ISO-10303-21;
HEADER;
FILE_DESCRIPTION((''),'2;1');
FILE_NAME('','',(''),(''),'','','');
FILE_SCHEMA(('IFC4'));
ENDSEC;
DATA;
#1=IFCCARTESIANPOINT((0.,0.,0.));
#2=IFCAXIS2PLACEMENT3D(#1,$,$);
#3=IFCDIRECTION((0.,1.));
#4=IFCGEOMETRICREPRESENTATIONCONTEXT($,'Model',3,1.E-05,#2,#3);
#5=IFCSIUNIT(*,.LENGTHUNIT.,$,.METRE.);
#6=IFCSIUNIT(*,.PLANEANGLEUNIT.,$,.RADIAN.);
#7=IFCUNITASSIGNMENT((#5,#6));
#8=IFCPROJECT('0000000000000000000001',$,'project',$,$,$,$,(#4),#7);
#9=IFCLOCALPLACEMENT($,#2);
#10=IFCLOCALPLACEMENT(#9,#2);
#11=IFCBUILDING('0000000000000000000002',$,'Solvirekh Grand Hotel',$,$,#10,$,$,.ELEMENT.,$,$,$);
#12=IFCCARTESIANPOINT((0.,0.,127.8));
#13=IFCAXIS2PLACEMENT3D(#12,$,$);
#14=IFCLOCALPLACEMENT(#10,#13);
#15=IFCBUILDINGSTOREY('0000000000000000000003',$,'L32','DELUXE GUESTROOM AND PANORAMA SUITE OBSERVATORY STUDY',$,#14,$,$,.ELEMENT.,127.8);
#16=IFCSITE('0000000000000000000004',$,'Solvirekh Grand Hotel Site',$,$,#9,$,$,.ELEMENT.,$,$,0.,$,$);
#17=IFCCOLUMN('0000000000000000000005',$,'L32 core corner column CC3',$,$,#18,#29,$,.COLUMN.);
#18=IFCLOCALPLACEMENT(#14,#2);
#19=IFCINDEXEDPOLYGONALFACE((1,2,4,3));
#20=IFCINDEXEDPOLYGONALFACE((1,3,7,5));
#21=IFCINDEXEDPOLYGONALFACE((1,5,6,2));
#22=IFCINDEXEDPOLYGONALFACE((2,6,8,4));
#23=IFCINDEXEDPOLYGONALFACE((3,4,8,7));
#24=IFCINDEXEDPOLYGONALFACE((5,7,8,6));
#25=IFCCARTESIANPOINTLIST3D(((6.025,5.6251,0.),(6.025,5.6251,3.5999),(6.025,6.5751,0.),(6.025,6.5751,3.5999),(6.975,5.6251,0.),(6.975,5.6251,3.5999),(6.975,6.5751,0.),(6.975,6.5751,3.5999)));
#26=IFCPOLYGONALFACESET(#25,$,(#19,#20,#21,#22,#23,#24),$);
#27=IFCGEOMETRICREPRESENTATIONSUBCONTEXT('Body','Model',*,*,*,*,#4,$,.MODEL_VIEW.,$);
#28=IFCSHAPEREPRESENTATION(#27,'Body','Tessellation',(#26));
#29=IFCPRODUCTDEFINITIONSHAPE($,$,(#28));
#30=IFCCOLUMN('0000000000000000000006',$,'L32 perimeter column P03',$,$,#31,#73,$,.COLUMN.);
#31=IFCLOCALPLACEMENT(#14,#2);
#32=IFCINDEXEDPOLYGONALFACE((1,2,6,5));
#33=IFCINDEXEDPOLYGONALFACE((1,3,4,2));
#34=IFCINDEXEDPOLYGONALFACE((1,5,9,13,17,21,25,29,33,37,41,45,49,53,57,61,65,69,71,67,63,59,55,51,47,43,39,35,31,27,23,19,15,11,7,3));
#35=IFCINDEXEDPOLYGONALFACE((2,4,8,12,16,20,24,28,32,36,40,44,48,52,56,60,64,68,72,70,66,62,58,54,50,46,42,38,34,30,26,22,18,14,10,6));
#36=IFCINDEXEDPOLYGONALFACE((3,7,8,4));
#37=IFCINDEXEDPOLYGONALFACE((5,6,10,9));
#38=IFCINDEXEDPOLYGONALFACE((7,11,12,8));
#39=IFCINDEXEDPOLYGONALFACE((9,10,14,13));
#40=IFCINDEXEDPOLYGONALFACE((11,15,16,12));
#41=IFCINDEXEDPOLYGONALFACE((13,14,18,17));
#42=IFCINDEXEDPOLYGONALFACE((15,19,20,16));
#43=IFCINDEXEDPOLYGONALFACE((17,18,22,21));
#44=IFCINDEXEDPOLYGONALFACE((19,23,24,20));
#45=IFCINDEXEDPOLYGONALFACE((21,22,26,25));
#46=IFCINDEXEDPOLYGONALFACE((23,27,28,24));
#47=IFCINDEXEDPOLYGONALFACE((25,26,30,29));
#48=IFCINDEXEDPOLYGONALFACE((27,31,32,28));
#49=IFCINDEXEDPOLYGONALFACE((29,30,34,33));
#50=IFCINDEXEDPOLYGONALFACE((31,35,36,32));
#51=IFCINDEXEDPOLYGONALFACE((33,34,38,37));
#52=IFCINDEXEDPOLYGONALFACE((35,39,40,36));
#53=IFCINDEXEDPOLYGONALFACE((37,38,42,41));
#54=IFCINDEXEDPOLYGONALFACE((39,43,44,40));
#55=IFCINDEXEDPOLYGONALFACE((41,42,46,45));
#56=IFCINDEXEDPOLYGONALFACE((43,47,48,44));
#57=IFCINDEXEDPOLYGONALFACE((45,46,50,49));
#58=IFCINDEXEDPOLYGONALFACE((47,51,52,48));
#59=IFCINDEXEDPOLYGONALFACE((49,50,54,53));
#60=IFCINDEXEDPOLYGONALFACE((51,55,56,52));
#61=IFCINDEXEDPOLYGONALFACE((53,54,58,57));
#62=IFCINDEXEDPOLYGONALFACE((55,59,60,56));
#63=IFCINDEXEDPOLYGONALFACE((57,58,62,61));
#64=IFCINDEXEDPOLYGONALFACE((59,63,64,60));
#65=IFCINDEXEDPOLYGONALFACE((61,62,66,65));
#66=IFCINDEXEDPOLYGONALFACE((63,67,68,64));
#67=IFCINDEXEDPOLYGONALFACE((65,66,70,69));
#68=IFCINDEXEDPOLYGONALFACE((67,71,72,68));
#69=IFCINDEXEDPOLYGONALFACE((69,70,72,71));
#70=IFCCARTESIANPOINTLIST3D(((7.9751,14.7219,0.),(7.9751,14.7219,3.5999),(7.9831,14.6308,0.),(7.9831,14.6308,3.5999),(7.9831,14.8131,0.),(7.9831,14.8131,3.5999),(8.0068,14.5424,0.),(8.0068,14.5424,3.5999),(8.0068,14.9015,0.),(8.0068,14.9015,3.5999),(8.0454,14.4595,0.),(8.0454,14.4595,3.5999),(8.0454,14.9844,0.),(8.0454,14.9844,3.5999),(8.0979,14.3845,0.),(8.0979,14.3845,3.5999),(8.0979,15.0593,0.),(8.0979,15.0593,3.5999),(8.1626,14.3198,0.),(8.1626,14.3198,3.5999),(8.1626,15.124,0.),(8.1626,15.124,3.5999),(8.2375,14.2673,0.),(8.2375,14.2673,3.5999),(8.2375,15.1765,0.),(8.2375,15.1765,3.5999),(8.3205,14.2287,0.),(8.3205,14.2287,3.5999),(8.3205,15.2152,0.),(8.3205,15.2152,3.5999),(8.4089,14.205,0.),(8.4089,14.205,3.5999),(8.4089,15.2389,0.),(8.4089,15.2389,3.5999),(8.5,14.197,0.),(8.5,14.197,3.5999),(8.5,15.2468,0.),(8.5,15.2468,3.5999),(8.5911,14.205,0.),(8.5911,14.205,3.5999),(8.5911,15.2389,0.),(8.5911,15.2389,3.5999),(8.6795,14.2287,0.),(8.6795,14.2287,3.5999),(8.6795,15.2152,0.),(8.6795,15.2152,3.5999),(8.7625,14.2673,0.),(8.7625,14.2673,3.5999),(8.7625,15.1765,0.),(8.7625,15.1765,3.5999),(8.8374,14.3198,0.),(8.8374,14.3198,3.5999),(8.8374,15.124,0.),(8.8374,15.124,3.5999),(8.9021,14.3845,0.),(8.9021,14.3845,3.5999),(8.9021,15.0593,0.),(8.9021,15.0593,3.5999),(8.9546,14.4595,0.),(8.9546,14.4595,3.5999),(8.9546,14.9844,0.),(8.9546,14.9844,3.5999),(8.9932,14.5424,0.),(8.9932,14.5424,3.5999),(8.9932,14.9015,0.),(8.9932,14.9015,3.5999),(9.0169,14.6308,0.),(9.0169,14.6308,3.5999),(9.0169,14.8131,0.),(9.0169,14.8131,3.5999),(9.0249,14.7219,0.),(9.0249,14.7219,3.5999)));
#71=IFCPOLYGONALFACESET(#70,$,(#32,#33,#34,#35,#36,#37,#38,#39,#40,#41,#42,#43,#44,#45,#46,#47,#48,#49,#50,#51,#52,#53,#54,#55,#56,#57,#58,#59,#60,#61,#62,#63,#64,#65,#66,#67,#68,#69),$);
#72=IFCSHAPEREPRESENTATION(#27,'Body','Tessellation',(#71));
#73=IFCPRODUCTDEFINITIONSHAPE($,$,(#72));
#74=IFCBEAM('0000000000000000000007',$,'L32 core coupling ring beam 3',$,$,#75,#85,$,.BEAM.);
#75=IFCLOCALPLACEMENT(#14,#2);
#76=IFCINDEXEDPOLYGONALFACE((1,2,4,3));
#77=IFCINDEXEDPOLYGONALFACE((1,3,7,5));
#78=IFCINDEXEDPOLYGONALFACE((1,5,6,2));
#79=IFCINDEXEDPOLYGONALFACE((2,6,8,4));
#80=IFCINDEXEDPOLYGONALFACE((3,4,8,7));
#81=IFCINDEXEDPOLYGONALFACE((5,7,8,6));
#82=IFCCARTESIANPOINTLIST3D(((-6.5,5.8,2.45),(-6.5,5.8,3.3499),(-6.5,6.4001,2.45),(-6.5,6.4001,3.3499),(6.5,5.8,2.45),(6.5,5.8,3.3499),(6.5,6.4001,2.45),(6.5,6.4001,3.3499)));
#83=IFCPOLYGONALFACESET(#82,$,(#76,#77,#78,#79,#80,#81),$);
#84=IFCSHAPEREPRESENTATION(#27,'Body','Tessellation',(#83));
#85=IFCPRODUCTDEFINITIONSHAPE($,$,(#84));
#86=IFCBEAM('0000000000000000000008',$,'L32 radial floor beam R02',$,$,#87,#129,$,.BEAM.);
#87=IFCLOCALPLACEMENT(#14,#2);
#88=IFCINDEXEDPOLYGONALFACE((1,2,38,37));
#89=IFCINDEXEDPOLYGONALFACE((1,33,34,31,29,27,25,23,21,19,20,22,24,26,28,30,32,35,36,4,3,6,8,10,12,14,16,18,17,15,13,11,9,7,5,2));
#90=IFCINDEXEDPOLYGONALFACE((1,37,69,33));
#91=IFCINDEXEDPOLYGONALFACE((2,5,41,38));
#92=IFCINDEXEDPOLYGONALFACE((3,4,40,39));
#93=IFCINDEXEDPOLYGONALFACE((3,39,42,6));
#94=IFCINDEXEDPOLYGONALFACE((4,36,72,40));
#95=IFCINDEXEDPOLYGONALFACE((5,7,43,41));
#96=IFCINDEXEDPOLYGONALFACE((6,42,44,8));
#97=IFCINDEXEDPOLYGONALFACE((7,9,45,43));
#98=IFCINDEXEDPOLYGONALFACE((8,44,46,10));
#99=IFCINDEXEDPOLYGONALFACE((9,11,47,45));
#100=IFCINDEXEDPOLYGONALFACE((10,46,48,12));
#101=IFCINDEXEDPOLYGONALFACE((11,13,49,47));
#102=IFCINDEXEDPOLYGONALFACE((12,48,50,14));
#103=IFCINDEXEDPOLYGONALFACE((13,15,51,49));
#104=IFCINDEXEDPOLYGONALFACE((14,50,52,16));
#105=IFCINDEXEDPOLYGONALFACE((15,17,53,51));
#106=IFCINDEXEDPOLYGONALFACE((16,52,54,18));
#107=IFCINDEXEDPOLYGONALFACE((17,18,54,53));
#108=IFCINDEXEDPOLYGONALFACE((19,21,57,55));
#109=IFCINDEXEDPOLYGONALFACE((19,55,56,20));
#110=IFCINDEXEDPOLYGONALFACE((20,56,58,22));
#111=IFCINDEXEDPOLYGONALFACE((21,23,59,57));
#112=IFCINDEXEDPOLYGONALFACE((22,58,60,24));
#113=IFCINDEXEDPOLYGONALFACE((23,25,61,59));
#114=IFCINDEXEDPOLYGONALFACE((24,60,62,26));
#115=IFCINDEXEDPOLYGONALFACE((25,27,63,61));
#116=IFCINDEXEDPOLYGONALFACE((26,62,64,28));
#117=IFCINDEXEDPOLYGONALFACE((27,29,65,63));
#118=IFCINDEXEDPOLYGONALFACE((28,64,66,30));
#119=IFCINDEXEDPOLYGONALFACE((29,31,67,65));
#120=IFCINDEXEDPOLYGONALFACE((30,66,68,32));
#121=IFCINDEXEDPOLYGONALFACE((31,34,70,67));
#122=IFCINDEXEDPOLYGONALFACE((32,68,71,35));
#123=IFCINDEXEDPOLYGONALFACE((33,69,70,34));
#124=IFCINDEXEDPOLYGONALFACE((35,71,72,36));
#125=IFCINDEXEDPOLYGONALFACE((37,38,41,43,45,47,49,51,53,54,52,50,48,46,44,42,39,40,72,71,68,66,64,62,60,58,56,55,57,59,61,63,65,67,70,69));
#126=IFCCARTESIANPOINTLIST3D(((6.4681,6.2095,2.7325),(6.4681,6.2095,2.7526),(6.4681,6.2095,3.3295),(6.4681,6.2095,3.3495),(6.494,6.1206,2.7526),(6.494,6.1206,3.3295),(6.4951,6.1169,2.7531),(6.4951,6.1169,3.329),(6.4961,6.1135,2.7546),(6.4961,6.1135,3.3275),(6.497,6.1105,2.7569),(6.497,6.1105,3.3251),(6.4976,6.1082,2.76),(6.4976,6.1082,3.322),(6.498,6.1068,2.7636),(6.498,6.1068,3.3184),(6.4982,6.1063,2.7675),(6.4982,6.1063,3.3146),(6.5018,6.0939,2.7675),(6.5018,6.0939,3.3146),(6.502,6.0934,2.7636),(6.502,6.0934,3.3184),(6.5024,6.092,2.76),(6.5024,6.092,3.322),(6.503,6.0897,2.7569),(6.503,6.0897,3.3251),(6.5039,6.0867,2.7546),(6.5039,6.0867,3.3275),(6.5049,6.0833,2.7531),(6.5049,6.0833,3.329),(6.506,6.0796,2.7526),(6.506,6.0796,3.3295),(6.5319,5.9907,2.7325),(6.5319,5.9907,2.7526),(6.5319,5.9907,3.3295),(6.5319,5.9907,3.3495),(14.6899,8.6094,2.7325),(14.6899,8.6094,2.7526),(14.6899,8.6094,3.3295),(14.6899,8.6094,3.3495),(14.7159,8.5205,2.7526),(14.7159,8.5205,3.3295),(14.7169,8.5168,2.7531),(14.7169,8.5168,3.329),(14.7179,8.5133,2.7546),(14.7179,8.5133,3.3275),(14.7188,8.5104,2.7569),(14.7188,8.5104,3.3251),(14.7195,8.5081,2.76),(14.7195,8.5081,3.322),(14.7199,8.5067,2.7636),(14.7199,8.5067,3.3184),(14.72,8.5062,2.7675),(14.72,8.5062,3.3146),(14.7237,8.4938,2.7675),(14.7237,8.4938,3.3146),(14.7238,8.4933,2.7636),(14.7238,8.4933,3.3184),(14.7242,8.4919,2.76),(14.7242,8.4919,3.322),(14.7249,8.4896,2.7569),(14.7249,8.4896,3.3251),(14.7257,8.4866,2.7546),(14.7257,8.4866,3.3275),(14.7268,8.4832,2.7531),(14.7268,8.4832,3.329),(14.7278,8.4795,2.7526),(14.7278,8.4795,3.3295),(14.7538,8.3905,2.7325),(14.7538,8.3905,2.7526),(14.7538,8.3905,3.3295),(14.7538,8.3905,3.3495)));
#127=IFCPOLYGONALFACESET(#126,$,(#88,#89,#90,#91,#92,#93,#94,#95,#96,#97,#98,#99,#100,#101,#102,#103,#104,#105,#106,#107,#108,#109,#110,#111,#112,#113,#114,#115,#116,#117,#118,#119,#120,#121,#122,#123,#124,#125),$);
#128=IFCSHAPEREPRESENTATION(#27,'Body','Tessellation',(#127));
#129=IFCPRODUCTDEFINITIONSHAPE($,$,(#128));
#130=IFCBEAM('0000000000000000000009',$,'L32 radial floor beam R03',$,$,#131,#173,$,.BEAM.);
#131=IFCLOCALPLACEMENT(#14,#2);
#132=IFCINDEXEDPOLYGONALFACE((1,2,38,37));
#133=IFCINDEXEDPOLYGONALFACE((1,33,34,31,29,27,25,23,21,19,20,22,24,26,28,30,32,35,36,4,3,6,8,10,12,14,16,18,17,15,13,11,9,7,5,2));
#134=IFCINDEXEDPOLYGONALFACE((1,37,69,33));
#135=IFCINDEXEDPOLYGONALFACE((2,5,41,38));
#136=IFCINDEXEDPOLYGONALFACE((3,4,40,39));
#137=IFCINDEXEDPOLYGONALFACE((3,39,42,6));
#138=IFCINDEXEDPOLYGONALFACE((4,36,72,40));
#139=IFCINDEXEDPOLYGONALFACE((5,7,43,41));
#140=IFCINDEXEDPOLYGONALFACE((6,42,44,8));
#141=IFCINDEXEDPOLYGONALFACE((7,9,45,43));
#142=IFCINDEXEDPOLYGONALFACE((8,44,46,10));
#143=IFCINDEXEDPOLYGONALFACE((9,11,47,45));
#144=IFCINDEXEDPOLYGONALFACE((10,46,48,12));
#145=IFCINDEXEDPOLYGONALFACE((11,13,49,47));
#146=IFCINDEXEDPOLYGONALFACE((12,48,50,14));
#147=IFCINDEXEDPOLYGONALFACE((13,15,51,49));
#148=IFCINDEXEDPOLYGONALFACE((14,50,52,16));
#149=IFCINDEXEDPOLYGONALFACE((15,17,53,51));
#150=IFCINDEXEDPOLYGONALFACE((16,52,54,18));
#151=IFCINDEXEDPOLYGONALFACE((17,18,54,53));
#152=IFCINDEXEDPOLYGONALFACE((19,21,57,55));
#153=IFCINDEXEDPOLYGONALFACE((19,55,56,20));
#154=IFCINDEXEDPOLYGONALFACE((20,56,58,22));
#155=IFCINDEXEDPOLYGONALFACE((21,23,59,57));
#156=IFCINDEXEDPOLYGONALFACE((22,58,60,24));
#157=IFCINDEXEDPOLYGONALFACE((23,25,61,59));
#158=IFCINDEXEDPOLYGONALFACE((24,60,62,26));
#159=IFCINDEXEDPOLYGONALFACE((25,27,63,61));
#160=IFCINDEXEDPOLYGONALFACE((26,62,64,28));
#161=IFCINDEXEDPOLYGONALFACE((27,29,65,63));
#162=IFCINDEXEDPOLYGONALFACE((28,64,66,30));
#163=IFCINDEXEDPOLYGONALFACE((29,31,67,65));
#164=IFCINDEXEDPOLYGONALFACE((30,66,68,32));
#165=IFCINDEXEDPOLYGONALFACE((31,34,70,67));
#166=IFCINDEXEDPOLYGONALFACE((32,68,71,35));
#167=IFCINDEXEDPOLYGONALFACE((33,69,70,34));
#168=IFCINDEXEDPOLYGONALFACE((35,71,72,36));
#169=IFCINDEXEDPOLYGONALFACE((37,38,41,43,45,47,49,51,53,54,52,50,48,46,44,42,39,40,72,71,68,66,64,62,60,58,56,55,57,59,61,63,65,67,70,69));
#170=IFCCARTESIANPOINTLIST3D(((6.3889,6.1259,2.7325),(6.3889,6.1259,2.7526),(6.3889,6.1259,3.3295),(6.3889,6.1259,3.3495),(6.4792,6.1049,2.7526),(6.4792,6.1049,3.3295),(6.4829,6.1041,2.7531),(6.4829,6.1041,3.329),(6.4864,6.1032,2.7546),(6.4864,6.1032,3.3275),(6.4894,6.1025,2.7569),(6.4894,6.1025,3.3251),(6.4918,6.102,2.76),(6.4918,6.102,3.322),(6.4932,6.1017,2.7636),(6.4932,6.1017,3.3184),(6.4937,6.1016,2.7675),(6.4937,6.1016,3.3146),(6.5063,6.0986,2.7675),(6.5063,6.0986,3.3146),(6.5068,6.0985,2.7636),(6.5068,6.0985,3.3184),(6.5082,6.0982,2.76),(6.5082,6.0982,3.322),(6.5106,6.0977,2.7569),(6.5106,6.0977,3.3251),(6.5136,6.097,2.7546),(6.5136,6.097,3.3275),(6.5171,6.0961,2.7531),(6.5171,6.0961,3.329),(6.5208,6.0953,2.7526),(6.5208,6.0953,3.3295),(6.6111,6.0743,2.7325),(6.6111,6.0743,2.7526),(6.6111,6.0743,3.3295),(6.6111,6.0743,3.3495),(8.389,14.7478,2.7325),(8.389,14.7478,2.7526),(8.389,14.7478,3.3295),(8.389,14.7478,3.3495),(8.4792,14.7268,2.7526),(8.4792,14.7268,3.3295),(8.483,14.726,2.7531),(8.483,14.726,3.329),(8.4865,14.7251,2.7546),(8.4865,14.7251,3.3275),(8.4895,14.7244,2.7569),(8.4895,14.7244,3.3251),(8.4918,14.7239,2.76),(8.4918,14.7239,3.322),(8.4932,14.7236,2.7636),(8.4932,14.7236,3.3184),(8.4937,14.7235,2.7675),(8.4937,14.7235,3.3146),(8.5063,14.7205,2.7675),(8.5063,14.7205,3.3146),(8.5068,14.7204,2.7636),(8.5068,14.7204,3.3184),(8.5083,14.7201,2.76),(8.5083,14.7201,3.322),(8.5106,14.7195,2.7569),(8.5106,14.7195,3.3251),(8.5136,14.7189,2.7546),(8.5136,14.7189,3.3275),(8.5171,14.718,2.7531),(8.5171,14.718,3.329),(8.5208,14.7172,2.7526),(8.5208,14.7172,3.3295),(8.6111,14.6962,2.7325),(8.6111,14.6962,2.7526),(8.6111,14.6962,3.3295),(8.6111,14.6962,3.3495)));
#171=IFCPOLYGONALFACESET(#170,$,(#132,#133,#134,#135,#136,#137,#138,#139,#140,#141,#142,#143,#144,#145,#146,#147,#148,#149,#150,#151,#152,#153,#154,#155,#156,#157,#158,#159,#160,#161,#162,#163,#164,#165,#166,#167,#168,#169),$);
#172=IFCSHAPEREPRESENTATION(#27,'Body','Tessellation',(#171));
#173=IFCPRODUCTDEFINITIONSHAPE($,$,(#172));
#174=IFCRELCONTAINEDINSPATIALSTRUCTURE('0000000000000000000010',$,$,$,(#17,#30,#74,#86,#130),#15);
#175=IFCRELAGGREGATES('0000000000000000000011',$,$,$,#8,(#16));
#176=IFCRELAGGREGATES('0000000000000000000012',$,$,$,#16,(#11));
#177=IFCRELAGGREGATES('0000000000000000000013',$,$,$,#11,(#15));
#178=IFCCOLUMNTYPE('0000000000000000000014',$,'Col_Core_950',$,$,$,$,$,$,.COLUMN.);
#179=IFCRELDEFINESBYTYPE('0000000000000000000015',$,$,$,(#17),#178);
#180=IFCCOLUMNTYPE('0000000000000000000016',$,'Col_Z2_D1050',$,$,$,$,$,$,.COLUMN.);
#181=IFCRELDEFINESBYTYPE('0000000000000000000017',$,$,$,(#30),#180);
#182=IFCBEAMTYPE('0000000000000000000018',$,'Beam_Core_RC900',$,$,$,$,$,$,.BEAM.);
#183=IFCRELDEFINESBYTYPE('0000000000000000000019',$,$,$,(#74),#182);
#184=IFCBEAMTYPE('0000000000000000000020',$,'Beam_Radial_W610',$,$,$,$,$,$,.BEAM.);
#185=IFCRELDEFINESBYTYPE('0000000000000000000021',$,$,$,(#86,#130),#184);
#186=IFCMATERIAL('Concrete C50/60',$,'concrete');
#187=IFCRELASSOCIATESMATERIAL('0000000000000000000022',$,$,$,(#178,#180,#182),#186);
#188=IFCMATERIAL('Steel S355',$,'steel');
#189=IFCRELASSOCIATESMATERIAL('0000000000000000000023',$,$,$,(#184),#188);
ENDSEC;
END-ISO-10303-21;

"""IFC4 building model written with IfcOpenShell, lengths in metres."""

from ifc_helpers import new_model, si_unit, direction, frame, origin, origin_2d, place, context, subcontext, project, spatial, rectangle, circle, i_section, extrude, material, material_profile, profile_set, type_object, element, save


model = new_model("IFC4")

# Units and contexts
model_context = context("Model", 3, precision=1e-05, world=origin(), true_north=direction((0.0, 1.0)))
body_context = subcontext(model_context, "Body", "Model", "MODEL_VIEW")
ifc_project = project(units=[si_unit("LENGTHUNIT", "METRE"), si_unit("PLANEANGLEUNIT", "RADIAN")], contexts=[model_context])

# Site, building, storey
site_placement = place(None, origin())
site = spatial("IfcSite", under=ifc_project, at=site_placement, Name="Solvirekh Grand Hotel Site", CompositionType="ELEMENT", RefElevation=0.0)
building_placement = place(site_placement, origin())
building = spatial("IfcBuilding", under=site, at=building_placement, Name="Solvirekh Grand Hotel", CompositionType="ELEMENT")
storey_placement = place(building_placement, frame((0.0, 0.0, 127.8)))
storey = spatial("IfcBuildingStorey", under=building, at=storey_placement, Name="L32", Description="DELUXE GUESTROOM AND PANORAMA SUITE OBSERVATORY STUDY", CompositionType="ELEMENT", Elevation=127.8)

# Columns
ifc_material_1 = material(Name="Concrete C50/60", Category="concrete")
ifc_material_profile_1 = material_profile(ifc_material_1, rectangle(XDim=0.95, YDim=0.95, at=origin_2d()), Name="RC 950X950")
ifc_profile_set_1 = profile_set([ifc_material_profile_1], Name="Concrete C50/60")
column_type_1 = type_object("IfcColumnType", Name="Col_Core_950", PredefinedType="COLUMN", material=ifc_profile_set_1)
column_1_placement = place(storey_placement, frame((6.5, 6.1001, 0.0), z_axis=(0.0, 0.0, 1.0), x_axis=(1.0, 0.0, 0.0)))
element("IfcColumn", 1, at=column_1_placement, inside=storey, type_object=column_type_1, Name="L32 core corner column CC3", PredefinedType="COLUMN", context=body_context, shape_type="SweptSolid", body=[
    extrude(rectangle(XDim=0.95, YDim=0.95, at=origin_2d()), origin(), (0.0, 0.0, 1.0), 3.5999),
])
ifc_material_profile_2 = material_profile(ifc_material_1, circle(Radius=0.5249, at=origin_2d()), Name="RC CIRC D1050")
ifc_profile_set_2 = profile_set([ifc_material_profile_2], Name="Concrete C50/60")
column_type_2 = type_object("IfcColumnType", Name="Col_Z2_D1050", PredefinedType="COLUMN", material=ifc_profile_set_2)
column_2_placement = place(storey_placement, frame((8.5, 14.7219, 0.0), z_axis=(0.0, 0.0, 1.0), x_axis=(1.0, 0.0, 0.0)))
element("IfcColumn", 2, at=column_2_placement, inside=storey, type_object=column_type_2, Name="L32 perimeter column P03", PredefinedType="COLUMN", context=body_context, shape_type="SweptSolid", body=[
    extrude(circle(Radius=0.5249, at=origin_2d()), origin(), (0.0, 0.0, 1.0), 3.5999),
])

# Beams
ifc_material_profile_3 = material_profile(ifc_material_1, rectangle(XDim=0.6001, YDim=0.8999, at=origin_2d()), Name="RC BEAM 600X900")
ifc_profile_set_3 = profile_set([ifc_material_profile_3], Name="Concrete C50/60")
beam_type_1 = type_object("IfcBeamType", Name="Beam_Core_RC900", PredefinedType="BEAM", material=ifc_profile_set_3)
beam_1_placement = place(storey_placement, frame((6.5, 6.1001, 2.8999), z_axis=(-1.0, 0.0, 0.0), x_axis=(0.0, -1.0, 0.0)))
element("IfcBeam", 3, at=beam_1_placement, inside=storey, type_object=beam_type_1, Name="L32 core coupling ring beam 3", PredefinedType="BEAM", context=body_context, shape_type="SweptSolid", body=[
    extrude(rectangle(XDim=0.6001, YDim=0.8999, at=origin_2d()), origin(), (0.0, 0.0, 1.0), 13.0),
])
ifc_material_2 = material(Name="Steel S355", Category="steel")
ifc_material_profile_4 = material_profile(ifc_material_2, i_section(OverallWidth=0.228, OverallDepth=0.6169, WebThickness=0.0129, FlangeThickness=0.02, FilletRadius=0.0149, at=origin_2d()), Name="W610X140")
ifc_profile_set_4 = profile_set([ifc_material_profile_4], Name="Steel S355")
beam_type_2 = type_object("IfcBeamType", Name="Beam_Radial_W610", PredefinedType="BEAM", material=ifc_profile_set_4)
beam_2_placement = place(storey_placement, frame((6.5, 6.1001, 3.041), z_axis=(0.959942, 0.280198, 0.0), x_axis=(-0.280198, 0.959942, 0.0)))
element("IfcBeam", 4, at=beam_2_placement, inside=storey, type_object=beam_type_2, Name="L32 radial floor beam R02", PredefinedType="BEAM", context=body_context, shape_type="SweptSolid", body=[
    extrude(i_section(OverallWidth=0.228, OverallDepth=0.6169, WebThickness=0.0129, FlangeThickness=0.02, FilletRadius=0.0149, at=origin_2d()), origin(), (0.0, 0.0, 1.0), 8.5649),
])
beam_3_placement = place(storey_placement, frame((6.5, 6.1001, 3.041), z_axis=(0.225969, 0.974134, 0.0), x_axis=(-0.974134, 0.225969, 0.0)))
element("IfcBeam", 5, at=beam_3_placement, inside=storey, type_object=beam_type_2, Name="L32 radial floor beam R03", PredefinedType="BEAM", context=body_context, shape_type="SweptSolid", body=[
    extrude(i_section(OverallWidth=0.228, OverallDepth=0.6169, WebThickness=0.0129, FlangeThickness=0.02, FilletRadius=0.0149, at=origin_2d()), origin(), (0.0, 0.0, 1.0), 8.8508),
])

save(model, "model.ifc")
